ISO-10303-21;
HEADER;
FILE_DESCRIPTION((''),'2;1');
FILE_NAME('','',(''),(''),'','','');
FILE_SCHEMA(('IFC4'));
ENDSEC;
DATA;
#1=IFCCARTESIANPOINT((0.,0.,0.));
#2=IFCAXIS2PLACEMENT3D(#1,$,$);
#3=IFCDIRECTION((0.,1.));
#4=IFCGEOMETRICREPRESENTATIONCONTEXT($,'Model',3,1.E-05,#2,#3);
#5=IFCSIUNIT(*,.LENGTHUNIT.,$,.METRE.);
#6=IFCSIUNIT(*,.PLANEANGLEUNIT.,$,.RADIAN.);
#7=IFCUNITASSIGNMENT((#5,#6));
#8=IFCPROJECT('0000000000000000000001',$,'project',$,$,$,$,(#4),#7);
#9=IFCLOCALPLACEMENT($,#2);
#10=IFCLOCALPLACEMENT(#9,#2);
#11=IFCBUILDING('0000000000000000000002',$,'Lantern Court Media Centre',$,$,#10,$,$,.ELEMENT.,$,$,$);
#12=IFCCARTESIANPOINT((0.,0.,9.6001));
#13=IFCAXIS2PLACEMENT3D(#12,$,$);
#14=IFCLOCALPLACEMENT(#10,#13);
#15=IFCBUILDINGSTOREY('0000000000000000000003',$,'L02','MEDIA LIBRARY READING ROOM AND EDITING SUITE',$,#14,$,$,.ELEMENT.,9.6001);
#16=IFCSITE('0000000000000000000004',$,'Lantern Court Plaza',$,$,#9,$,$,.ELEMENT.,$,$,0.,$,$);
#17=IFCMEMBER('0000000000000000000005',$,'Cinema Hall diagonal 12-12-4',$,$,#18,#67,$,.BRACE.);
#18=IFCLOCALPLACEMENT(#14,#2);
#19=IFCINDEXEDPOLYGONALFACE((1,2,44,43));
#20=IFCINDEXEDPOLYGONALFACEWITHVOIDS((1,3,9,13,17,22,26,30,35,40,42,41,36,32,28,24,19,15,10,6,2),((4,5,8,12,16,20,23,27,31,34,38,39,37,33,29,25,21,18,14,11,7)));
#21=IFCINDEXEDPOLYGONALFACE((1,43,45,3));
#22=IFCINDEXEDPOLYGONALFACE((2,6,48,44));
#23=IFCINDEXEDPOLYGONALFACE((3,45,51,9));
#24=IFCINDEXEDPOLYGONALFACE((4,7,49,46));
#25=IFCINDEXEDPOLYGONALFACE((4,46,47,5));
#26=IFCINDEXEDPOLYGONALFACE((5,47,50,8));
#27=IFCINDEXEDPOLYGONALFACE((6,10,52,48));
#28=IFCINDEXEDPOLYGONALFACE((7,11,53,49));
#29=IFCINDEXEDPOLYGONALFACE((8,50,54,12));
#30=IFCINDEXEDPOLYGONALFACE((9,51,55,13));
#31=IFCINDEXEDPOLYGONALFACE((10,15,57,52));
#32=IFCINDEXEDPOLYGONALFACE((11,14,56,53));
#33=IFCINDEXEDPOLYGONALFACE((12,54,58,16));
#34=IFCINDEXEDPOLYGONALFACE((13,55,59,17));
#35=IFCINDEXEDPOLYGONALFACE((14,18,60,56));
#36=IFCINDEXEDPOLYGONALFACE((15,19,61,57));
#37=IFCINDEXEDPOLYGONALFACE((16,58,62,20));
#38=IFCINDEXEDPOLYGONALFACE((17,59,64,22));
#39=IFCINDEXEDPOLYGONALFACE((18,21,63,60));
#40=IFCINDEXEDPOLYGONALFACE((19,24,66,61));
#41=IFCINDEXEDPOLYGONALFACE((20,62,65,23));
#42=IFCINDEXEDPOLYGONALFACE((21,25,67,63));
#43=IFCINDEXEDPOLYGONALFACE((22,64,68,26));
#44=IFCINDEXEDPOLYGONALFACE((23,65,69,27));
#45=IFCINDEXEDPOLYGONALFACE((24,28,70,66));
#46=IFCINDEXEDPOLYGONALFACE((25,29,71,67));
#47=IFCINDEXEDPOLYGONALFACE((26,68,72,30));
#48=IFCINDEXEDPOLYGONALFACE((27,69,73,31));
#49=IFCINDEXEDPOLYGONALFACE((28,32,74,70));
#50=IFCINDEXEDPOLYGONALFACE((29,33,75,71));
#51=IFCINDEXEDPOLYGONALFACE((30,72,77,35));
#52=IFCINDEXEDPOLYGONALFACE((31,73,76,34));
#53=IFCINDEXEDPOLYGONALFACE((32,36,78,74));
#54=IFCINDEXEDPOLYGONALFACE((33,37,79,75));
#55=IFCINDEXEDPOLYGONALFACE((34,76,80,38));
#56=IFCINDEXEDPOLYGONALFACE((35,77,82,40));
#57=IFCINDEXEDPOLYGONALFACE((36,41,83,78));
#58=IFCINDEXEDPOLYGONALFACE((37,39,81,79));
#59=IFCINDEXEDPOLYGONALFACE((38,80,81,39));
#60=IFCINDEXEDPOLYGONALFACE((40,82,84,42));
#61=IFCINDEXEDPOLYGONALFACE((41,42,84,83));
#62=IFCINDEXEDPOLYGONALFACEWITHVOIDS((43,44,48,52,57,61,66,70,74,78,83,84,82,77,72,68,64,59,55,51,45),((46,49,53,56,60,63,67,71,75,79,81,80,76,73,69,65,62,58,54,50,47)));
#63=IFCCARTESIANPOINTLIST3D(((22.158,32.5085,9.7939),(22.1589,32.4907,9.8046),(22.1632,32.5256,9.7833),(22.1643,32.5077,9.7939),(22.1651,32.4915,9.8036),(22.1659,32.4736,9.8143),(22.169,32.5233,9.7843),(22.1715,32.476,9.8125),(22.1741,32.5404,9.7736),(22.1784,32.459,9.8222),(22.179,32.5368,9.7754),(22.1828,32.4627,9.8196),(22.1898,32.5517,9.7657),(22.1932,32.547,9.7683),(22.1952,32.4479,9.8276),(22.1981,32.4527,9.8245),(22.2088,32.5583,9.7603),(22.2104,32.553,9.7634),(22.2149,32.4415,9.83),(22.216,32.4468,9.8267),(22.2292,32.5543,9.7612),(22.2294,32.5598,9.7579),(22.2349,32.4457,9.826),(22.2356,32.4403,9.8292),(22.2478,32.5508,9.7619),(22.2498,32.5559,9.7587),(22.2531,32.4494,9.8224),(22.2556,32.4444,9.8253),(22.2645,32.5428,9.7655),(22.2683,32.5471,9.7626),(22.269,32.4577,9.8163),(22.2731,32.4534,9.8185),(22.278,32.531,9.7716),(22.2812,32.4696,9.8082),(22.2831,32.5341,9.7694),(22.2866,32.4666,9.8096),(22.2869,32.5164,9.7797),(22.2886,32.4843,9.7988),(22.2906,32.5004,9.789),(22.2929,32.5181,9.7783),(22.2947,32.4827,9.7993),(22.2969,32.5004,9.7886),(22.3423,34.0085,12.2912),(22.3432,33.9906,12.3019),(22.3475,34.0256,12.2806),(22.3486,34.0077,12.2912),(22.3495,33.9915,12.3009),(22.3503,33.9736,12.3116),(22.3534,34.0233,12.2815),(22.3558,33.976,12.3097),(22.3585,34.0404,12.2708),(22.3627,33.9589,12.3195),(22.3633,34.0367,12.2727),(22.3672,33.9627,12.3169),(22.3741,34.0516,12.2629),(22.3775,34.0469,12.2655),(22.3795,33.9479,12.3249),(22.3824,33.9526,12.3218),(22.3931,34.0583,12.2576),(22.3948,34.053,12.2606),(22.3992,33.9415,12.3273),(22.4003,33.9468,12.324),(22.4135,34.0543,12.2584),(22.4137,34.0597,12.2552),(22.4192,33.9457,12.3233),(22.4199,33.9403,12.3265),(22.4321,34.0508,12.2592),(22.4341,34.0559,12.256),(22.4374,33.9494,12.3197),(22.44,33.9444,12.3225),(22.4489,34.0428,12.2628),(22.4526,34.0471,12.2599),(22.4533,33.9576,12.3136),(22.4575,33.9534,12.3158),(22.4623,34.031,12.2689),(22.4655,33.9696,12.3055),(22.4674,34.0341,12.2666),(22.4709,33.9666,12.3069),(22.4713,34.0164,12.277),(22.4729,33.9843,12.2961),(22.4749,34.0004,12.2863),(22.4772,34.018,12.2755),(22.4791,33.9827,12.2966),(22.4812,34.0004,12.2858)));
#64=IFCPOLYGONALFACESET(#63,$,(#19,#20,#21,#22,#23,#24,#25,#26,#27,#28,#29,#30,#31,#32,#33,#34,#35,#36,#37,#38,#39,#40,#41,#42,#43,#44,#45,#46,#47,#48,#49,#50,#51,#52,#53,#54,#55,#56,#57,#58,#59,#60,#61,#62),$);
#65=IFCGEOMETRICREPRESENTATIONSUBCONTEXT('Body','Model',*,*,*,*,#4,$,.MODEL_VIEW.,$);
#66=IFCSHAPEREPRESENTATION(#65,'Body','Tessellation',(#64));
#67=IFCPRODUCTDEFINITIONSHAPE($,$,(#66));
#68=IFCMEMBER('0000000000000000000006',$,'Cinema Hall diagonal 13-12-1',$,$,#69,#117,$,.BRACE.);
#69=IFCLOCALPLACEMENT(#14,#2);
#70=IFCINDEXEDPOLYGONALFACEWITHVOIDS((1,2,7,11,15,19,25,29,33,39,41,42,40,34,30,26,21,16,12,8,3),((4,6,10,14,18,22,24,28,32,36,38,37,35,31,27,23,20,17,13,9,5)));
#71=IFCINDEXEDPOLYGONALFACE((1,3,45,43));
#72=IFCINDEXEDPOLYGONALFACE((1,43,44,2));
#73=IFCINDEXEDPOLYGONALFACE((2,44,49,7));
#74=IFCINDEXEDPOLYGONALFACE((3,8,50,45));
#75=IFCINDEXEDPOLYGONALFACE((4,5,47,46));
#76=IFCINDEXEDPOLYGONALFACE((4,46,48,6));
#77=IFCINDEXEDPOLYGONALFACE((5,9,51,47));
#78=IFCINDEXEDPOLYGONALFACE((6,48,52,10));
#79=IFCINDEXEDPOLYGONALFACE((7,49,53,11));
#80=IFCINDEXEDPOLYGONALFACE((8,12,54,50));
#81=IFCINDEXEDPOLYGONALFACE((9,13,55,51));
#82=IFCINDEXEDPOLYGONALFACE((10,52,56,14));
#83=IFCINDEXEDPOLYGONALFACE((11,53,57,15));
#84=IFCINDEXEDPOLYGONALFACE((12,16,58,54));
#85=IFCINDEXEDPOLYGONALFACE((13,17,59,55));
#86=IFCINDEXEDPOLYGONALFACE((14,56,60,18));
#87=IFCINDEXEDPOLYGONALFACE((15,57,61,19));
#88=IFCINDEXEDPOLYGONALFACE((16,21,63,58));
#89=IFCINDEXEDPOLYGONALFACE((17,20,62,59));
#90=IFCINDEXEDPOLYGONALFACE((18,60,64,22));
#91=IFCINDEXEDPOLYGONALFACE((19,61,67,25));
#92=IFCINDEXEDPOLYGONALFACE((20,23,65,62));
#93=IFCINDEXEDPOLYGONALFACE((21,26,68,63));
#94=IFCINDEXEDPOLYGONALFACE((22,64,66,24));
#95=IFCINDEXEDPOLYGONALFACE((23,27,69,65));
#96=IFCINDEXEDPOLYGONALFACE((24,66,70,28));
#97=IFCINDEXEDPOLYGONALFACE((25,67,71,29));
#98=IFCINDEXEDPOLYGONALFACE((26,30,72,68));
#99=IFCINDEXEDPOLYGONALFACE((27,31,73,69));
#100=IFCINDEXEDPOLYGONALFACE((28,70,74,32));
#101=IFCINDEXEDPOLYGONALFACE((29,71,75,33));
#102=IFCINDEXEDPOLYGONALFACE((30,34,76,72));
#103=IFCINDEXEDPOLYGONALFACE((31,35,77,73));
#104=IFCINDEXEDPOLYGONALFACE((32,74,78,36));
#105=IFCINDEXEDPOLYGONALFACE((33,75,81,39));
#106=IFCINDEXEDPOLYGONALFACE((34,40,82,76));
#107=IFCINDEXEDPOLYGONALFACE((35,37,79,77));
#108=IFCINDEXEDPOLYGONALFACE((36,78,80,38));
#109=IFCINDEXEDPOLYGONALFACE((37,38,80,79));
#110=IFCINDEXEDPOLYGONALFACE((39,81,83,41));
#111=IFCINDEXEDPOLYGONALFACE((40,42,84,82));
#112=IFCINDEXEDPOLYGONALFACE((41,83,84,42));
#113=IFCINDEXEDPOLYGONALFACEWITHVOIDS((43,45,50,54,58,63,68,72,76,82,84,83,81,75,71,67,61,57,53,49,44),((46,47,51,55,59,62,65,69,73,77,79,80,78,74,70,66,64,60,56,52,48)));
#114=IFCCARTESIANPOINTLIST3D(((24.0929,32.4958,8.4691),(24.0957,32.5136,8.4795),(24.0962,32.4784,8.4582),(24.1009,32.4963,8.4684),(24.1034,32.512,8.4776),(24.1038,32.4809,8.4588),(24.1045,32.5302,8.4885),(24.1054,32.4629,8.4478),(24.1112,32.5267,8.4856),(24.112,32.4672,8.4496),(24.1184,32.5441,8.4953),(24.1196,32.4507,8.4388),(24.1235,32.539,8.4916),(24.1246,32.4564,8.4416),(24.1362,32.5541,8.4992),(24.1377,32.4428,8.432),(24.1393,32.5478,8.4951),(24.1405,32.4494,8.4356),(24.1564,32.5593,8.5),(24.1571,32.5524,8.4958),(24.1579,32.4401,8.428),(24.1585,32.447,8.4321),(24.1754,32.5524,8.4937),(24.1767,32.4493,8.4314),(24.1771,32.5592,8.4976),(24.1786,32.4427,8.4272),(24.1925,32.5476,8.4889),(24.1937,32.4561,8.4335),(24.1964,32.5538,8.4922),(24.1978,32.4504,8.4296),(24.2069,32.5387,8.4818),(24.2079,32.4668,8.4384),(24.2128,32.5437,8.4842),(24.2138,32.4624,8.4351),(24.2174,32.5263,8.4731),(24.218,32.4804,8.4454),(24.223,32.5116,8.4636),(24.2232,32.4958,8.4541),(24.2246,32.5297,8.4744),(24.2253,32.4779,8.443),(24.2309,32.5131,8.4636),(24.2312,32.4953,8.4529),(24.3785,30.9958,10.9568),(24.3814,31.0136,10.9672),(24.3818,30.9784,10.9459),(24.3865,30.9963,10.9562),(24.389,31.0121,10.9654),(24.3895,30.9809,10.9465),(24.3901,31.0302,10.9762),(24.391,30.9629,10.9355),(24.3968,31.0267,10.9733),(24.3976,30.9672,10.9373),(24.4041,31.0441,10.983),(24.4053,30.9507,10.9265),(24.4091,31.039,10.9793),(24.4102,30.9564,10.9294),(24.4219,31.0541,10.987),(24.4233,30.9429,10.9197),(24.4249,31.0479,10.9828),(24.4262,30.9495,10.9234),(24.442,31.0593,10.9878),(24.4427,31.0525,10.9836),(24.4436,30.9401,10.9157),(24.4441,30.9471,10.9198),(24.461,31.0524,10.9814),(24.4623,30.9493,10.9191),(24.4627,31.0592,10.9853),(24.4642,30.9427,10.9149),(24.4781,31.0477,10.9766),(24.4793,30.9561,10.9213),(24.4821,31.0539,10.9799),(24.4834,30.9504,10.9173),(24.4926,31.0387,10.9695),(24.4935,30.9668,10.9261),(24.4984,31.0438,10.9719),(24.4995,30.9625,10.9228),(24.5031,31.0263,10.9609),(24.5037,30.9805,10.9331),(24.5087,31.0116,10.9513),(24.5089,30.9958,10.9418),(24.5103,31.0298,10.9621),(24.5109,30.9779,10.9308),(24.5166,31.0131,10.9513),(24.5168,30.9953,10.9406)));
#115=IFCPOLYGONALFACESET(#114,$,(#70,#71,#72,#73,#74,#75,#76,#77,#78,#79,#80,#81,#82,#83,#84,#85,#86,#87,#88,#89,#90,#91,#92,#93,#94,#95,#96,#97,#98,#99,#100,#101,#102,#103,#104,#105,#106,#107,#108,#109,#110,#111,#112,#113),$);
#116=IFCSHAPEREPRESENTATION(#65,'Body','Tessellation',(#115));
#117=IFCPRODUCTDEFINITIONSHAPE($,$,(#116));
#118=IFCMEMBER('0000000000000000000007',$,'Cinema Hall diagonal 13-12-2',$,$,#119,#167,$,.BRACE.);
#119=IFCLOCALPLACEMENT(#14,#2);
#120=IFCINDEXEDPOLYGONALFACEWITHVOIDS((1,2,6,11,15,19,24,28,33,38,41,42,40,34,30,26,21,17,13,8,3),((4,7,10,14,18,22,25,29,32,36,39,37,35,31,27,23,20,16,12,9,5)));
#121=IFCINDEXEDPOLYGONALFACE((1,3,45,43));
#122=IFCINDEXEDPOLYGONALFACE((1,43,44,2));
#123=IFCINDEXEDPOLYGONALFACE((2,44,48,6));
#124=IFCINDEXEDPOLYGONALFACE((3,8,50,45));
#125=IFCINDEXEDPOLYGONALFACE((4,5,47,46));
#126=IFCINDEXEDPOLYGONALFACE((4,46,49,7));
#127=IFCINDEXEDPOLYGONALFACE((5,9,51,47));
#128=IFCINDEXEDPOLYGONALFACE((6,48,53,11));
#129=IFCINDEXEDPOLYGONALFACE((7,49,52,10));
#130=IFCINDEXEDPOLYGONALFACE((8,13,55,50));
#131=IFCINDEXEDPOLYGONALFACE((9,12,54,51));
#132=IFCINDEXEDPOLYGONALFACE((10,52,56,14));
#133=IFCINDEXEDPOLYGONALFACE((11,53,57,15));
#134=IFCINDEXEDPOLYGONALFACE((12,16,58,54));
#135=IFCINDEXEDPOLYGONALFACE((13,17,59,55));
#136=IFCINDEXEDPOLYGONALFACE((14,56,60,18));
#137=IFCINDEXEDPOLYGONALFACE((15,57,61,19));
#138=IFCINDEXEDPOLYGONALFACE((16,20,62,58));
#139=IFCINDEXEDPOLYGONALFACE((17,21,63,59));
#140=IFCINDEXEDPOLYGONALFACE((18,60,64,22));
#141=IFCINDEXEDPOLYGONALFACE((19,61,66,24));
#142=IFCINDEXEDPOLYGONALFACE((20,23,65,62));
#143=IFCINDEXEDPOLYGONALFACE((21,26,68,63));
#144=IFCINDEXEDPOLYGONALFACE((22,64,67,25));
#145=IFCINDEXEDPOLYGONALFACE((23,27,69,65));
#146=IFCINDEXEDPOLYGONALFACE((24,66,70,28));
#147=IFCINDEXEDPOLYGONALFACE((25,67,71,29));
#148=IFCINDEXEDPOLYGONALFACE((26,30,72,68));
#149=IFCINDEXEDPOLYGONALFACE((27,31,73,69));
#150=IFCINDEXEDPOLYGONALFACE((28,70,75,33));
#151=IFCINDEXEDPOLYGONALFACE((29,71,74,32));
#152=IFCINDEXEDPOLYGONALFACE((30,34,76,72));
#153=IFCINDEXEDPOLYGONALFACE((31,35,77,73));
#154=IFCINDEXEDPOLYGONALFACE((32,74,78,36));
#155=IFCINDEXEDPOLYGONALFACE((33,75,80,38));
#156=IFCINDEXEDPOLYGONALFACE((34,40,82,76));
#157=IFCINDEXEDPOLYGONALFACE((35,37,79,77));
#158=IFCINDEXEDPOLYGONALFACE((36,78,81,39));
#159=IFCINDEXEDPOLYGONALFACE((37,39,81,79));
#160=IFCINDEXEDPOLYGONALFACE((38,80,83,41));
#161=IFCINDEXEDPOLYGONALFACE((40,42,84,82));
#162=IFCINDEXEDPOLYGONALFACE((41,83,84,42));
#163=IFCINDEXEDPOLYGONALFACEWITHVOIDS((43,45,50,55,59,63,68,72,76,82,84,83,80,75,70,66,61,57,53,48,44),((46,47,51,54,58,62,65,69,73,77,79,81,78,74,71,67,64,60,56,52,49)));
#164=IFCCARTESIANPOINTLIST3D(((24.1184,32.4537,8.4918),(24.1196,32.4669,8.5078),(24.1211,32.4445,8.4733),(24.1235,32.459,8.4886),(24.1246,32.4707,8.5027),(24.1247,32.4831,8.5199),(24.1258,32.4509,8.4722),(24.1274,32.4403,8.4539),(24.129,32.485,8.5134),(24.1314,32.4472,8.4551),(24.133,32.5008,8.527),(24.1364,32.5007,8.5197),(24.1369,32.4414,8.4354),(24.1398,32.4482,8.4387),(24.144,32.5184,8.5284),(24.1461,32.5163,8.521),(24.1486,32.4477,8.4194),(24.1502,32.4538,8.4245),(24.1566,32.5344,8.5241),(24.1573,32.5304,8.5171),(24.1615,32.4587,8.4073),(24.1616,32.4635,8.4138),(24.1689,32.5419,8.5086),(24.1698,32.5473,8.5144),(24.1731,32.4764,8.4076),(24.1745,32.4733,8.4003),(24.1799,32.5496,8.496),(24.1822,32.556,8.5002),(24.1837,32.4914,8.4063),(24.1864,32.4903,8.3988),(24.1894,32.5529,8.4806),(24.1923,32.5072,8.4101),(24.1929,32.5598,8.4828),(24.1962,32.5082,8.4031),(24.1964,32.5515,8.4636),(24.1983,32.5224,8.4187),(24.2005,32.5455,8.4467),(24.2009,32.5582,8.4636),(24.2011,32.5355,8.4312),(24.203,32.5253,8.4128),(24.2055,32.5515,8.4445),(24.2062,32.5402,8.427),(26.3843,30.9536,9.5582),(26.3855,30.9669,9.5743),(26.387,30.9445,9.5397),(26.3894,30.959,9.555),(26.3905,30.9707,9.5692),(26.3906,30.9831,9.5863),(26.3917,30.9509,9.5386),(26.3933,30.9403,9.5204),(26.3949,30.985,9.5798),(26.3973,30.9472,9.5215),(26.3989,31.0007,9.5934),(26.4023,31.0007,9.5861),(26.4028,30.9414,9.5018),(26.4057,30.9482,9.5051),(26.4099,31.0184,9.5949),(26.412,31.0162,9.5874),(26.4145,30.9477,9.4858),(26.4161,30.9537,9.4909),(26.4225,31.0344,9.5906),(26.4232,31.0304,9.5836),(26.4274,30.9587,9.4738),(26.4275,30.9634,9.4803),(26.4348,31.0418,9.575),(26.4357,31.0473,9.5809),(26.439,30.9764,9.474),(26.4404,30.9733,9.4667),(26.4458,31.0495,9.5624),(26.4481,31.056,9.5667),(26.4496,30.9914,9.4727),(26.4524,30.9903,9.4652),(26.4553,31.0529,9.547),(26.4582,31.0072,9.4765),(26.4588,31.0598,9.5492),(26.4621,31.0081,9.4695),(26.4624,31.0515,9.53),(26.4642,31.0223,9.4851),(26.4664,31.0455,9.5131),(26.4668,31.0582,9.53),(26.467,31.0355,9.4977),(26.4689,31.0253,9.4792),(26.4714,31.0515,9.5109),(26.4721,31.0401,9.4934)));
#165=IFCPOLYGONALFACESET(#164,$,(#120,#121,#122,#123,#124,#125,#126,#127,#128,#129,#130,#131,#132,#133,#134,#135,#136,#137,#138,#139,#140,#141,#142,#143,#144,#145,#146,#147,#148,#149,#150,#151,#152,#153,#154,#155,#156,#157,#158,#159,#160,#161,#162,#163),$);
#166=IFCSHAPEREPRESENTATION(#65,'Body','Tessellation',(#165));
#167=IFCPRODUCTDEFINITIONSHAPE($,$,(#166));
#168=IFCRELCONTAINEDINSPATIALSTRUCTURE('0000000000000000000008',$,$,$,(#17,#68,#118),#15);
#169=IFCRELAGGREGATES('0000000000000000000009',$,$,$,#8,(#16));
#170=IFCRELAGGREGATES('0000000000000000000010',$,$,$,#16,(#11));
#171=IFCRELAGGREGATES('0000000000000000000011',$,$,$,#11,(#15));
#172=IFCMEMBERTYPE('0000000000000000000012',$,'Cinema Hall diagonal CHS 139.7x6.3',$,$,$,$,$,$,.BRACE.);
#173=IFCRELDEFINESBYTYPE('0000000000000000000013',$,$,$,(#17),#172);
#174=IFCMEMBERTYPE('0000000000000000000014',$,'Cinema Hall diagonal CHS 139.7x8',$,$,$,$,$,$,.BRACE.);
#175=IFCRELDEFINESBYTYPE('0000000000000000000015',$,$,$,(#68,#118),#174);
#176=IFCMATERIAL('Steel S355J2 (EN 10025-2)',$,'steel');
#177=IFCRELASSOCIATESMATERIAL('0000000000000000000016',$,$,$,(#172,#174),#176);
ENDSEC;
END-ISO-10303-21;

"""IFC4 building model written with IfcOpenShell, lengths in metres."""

from ifc_helpers import new_model, si_unit, direction, frame, origin, origin_2d, place, context, subcontext, project, spatial, hollow_circle, extrude, material, material_profile, profile_set, type_object, element, save


model = new_model("IFC4")

# Units and contexts
model_context = context("Model", 3, precision=1e-05, world=origin(), true_north=direction((0.0, 1.0)))
body_context = subcontext(model_context, "Body", "Model", "MODEL_VIEW")
ifc_project = project(units=[si_unit("LENGTHUNIT", "METRE"), si_unit("PLANEANGLEUNIT", "RADIAN")], contexts=[model_context])

# Site, building, storey
site_placement = place(None, origin())
site = spatial("IfcSite", under=ifc_project, at=site_placement, Name="Lantern Court Plaza", CompositionType="ELEMENT", RefElevation=0.0)
building_placement = place(site_placement, origin())
building = spatial("IfcBuilding", under=site, at=building_placement, Name="Lantern Court Media Centre", CompositionType="ELEMENT")
storey_placement = place(building_placement, frame((0.0, 0.0, 9.6001)))
storey = spatial("IfcBuildingStorey", under=building, at=storey_placement, Name="L02", Description="MEDIA LIBRARY READING ROOM AND EDITING SUITE", CompositionType="ELEMENT", Elevation=9.6001)

# Members
ifc_material = material(Name="Steel S355J2 (EN 10025-2)", Category="steel")
ifc_material_profile_1 = material_profile(ifc_material, hollow_circle(Radius=0.0698, WallThickness=0.0063, at=origin_2d()), Name="Cinema Hall diagonal CHS 139.7x6.3")
ifc_profile_set_1 = profile_set([ifc_material_profile_1], Name="Steel S355J2 (EN 10025-2)")
member_type_1 = type_object("IfcMemberType", Name="Cinema Hall diagonal CHS 139.7x6.3", PredefinedType="BRACE", material=ifc_profile_set_1)
member_1_placement = place(storey_placement, frame((22.2273, 32.5, 9.7939), z_axis=(0.063147, 0.513875, 0.855538), x_axis=(-0.992534, 0.121967, 0.0)))
element("IfcMember", 1, at=member_1_placement, inside=storey, type_object=member_type_1, Name="Cinema Hall diagonal 12-12-4", PredefinedType="BRACE", context=body_context, shape_type="SweptSolid", body=[
    extrude(hollow_circle(Radius=0.0698, WallThickness=0.0063, at=origin_2d()), origin(), (0.0, 0.0, 1.0), 2.9189),
])
ifc_material_profile_2 = material_profile(ifc_material, hollow_circle(Radius=0.0698, WallThickness=0.0081, at=origin_2d()), Name="Cinema Hall diagonal CHS 139.7x8")
ifc_profile_set_2 = profile_set([ifc_material_profile_2], Name="Steel S355J2 (EN 10025-2)")
member_type_2 = type_object("IfcMemberType", Name="Cinema Hall diagonal CHS 139.7x8", PredefinedType="BRACE", material=ifc_profile_set_2)
member_2_placement = place(storey_placement, frame((24.1624, 32.5, 8.4636), z_axis=(0.097856, -0.51387, 0.852268), x_axis=(0.982347, 0.187068, 0.0)))
element("IfcMember", 2, at=member_2_placement, inside=storey, type_object=member_type_2, Name="Cinema Hall diagonal 13-12-1", PredefinedType="BRACE", context=body_context, shape_type="SweptSolid", body=[
    extrude(hollow_circle(Radius=0.0698, WallThickness=0.0081, at=origin_2d()), origin(), (0.0, 0.0, 1.0), 2.9189),
])
for number, where, z_axis, x_axis, name in (
    (3, (24.1624, 32.5, 8.4636), (0.776211, -0.51385, 0.365315), (0.552002, 0.833843, 0.0), "Cinema Hall diagonal 13-12-2"),
):
    element("IfcMember", number, at=place(storey_placement, frame(where, z_axis=z_axis, x_axis=x_axis)), inside=storey, type_object=member_type_2, Name=name, PredefinedType="BRACE", context=body_context, shape_type="SweptSolid", body=[
        extrude(hollow_circle(Radius=0.0698, WallThickness=0.0081, at=origin_2d()), origin(), (0.0, 0.0, 1.0), 2.9192),
    ])

save(model, "model.ifc")
